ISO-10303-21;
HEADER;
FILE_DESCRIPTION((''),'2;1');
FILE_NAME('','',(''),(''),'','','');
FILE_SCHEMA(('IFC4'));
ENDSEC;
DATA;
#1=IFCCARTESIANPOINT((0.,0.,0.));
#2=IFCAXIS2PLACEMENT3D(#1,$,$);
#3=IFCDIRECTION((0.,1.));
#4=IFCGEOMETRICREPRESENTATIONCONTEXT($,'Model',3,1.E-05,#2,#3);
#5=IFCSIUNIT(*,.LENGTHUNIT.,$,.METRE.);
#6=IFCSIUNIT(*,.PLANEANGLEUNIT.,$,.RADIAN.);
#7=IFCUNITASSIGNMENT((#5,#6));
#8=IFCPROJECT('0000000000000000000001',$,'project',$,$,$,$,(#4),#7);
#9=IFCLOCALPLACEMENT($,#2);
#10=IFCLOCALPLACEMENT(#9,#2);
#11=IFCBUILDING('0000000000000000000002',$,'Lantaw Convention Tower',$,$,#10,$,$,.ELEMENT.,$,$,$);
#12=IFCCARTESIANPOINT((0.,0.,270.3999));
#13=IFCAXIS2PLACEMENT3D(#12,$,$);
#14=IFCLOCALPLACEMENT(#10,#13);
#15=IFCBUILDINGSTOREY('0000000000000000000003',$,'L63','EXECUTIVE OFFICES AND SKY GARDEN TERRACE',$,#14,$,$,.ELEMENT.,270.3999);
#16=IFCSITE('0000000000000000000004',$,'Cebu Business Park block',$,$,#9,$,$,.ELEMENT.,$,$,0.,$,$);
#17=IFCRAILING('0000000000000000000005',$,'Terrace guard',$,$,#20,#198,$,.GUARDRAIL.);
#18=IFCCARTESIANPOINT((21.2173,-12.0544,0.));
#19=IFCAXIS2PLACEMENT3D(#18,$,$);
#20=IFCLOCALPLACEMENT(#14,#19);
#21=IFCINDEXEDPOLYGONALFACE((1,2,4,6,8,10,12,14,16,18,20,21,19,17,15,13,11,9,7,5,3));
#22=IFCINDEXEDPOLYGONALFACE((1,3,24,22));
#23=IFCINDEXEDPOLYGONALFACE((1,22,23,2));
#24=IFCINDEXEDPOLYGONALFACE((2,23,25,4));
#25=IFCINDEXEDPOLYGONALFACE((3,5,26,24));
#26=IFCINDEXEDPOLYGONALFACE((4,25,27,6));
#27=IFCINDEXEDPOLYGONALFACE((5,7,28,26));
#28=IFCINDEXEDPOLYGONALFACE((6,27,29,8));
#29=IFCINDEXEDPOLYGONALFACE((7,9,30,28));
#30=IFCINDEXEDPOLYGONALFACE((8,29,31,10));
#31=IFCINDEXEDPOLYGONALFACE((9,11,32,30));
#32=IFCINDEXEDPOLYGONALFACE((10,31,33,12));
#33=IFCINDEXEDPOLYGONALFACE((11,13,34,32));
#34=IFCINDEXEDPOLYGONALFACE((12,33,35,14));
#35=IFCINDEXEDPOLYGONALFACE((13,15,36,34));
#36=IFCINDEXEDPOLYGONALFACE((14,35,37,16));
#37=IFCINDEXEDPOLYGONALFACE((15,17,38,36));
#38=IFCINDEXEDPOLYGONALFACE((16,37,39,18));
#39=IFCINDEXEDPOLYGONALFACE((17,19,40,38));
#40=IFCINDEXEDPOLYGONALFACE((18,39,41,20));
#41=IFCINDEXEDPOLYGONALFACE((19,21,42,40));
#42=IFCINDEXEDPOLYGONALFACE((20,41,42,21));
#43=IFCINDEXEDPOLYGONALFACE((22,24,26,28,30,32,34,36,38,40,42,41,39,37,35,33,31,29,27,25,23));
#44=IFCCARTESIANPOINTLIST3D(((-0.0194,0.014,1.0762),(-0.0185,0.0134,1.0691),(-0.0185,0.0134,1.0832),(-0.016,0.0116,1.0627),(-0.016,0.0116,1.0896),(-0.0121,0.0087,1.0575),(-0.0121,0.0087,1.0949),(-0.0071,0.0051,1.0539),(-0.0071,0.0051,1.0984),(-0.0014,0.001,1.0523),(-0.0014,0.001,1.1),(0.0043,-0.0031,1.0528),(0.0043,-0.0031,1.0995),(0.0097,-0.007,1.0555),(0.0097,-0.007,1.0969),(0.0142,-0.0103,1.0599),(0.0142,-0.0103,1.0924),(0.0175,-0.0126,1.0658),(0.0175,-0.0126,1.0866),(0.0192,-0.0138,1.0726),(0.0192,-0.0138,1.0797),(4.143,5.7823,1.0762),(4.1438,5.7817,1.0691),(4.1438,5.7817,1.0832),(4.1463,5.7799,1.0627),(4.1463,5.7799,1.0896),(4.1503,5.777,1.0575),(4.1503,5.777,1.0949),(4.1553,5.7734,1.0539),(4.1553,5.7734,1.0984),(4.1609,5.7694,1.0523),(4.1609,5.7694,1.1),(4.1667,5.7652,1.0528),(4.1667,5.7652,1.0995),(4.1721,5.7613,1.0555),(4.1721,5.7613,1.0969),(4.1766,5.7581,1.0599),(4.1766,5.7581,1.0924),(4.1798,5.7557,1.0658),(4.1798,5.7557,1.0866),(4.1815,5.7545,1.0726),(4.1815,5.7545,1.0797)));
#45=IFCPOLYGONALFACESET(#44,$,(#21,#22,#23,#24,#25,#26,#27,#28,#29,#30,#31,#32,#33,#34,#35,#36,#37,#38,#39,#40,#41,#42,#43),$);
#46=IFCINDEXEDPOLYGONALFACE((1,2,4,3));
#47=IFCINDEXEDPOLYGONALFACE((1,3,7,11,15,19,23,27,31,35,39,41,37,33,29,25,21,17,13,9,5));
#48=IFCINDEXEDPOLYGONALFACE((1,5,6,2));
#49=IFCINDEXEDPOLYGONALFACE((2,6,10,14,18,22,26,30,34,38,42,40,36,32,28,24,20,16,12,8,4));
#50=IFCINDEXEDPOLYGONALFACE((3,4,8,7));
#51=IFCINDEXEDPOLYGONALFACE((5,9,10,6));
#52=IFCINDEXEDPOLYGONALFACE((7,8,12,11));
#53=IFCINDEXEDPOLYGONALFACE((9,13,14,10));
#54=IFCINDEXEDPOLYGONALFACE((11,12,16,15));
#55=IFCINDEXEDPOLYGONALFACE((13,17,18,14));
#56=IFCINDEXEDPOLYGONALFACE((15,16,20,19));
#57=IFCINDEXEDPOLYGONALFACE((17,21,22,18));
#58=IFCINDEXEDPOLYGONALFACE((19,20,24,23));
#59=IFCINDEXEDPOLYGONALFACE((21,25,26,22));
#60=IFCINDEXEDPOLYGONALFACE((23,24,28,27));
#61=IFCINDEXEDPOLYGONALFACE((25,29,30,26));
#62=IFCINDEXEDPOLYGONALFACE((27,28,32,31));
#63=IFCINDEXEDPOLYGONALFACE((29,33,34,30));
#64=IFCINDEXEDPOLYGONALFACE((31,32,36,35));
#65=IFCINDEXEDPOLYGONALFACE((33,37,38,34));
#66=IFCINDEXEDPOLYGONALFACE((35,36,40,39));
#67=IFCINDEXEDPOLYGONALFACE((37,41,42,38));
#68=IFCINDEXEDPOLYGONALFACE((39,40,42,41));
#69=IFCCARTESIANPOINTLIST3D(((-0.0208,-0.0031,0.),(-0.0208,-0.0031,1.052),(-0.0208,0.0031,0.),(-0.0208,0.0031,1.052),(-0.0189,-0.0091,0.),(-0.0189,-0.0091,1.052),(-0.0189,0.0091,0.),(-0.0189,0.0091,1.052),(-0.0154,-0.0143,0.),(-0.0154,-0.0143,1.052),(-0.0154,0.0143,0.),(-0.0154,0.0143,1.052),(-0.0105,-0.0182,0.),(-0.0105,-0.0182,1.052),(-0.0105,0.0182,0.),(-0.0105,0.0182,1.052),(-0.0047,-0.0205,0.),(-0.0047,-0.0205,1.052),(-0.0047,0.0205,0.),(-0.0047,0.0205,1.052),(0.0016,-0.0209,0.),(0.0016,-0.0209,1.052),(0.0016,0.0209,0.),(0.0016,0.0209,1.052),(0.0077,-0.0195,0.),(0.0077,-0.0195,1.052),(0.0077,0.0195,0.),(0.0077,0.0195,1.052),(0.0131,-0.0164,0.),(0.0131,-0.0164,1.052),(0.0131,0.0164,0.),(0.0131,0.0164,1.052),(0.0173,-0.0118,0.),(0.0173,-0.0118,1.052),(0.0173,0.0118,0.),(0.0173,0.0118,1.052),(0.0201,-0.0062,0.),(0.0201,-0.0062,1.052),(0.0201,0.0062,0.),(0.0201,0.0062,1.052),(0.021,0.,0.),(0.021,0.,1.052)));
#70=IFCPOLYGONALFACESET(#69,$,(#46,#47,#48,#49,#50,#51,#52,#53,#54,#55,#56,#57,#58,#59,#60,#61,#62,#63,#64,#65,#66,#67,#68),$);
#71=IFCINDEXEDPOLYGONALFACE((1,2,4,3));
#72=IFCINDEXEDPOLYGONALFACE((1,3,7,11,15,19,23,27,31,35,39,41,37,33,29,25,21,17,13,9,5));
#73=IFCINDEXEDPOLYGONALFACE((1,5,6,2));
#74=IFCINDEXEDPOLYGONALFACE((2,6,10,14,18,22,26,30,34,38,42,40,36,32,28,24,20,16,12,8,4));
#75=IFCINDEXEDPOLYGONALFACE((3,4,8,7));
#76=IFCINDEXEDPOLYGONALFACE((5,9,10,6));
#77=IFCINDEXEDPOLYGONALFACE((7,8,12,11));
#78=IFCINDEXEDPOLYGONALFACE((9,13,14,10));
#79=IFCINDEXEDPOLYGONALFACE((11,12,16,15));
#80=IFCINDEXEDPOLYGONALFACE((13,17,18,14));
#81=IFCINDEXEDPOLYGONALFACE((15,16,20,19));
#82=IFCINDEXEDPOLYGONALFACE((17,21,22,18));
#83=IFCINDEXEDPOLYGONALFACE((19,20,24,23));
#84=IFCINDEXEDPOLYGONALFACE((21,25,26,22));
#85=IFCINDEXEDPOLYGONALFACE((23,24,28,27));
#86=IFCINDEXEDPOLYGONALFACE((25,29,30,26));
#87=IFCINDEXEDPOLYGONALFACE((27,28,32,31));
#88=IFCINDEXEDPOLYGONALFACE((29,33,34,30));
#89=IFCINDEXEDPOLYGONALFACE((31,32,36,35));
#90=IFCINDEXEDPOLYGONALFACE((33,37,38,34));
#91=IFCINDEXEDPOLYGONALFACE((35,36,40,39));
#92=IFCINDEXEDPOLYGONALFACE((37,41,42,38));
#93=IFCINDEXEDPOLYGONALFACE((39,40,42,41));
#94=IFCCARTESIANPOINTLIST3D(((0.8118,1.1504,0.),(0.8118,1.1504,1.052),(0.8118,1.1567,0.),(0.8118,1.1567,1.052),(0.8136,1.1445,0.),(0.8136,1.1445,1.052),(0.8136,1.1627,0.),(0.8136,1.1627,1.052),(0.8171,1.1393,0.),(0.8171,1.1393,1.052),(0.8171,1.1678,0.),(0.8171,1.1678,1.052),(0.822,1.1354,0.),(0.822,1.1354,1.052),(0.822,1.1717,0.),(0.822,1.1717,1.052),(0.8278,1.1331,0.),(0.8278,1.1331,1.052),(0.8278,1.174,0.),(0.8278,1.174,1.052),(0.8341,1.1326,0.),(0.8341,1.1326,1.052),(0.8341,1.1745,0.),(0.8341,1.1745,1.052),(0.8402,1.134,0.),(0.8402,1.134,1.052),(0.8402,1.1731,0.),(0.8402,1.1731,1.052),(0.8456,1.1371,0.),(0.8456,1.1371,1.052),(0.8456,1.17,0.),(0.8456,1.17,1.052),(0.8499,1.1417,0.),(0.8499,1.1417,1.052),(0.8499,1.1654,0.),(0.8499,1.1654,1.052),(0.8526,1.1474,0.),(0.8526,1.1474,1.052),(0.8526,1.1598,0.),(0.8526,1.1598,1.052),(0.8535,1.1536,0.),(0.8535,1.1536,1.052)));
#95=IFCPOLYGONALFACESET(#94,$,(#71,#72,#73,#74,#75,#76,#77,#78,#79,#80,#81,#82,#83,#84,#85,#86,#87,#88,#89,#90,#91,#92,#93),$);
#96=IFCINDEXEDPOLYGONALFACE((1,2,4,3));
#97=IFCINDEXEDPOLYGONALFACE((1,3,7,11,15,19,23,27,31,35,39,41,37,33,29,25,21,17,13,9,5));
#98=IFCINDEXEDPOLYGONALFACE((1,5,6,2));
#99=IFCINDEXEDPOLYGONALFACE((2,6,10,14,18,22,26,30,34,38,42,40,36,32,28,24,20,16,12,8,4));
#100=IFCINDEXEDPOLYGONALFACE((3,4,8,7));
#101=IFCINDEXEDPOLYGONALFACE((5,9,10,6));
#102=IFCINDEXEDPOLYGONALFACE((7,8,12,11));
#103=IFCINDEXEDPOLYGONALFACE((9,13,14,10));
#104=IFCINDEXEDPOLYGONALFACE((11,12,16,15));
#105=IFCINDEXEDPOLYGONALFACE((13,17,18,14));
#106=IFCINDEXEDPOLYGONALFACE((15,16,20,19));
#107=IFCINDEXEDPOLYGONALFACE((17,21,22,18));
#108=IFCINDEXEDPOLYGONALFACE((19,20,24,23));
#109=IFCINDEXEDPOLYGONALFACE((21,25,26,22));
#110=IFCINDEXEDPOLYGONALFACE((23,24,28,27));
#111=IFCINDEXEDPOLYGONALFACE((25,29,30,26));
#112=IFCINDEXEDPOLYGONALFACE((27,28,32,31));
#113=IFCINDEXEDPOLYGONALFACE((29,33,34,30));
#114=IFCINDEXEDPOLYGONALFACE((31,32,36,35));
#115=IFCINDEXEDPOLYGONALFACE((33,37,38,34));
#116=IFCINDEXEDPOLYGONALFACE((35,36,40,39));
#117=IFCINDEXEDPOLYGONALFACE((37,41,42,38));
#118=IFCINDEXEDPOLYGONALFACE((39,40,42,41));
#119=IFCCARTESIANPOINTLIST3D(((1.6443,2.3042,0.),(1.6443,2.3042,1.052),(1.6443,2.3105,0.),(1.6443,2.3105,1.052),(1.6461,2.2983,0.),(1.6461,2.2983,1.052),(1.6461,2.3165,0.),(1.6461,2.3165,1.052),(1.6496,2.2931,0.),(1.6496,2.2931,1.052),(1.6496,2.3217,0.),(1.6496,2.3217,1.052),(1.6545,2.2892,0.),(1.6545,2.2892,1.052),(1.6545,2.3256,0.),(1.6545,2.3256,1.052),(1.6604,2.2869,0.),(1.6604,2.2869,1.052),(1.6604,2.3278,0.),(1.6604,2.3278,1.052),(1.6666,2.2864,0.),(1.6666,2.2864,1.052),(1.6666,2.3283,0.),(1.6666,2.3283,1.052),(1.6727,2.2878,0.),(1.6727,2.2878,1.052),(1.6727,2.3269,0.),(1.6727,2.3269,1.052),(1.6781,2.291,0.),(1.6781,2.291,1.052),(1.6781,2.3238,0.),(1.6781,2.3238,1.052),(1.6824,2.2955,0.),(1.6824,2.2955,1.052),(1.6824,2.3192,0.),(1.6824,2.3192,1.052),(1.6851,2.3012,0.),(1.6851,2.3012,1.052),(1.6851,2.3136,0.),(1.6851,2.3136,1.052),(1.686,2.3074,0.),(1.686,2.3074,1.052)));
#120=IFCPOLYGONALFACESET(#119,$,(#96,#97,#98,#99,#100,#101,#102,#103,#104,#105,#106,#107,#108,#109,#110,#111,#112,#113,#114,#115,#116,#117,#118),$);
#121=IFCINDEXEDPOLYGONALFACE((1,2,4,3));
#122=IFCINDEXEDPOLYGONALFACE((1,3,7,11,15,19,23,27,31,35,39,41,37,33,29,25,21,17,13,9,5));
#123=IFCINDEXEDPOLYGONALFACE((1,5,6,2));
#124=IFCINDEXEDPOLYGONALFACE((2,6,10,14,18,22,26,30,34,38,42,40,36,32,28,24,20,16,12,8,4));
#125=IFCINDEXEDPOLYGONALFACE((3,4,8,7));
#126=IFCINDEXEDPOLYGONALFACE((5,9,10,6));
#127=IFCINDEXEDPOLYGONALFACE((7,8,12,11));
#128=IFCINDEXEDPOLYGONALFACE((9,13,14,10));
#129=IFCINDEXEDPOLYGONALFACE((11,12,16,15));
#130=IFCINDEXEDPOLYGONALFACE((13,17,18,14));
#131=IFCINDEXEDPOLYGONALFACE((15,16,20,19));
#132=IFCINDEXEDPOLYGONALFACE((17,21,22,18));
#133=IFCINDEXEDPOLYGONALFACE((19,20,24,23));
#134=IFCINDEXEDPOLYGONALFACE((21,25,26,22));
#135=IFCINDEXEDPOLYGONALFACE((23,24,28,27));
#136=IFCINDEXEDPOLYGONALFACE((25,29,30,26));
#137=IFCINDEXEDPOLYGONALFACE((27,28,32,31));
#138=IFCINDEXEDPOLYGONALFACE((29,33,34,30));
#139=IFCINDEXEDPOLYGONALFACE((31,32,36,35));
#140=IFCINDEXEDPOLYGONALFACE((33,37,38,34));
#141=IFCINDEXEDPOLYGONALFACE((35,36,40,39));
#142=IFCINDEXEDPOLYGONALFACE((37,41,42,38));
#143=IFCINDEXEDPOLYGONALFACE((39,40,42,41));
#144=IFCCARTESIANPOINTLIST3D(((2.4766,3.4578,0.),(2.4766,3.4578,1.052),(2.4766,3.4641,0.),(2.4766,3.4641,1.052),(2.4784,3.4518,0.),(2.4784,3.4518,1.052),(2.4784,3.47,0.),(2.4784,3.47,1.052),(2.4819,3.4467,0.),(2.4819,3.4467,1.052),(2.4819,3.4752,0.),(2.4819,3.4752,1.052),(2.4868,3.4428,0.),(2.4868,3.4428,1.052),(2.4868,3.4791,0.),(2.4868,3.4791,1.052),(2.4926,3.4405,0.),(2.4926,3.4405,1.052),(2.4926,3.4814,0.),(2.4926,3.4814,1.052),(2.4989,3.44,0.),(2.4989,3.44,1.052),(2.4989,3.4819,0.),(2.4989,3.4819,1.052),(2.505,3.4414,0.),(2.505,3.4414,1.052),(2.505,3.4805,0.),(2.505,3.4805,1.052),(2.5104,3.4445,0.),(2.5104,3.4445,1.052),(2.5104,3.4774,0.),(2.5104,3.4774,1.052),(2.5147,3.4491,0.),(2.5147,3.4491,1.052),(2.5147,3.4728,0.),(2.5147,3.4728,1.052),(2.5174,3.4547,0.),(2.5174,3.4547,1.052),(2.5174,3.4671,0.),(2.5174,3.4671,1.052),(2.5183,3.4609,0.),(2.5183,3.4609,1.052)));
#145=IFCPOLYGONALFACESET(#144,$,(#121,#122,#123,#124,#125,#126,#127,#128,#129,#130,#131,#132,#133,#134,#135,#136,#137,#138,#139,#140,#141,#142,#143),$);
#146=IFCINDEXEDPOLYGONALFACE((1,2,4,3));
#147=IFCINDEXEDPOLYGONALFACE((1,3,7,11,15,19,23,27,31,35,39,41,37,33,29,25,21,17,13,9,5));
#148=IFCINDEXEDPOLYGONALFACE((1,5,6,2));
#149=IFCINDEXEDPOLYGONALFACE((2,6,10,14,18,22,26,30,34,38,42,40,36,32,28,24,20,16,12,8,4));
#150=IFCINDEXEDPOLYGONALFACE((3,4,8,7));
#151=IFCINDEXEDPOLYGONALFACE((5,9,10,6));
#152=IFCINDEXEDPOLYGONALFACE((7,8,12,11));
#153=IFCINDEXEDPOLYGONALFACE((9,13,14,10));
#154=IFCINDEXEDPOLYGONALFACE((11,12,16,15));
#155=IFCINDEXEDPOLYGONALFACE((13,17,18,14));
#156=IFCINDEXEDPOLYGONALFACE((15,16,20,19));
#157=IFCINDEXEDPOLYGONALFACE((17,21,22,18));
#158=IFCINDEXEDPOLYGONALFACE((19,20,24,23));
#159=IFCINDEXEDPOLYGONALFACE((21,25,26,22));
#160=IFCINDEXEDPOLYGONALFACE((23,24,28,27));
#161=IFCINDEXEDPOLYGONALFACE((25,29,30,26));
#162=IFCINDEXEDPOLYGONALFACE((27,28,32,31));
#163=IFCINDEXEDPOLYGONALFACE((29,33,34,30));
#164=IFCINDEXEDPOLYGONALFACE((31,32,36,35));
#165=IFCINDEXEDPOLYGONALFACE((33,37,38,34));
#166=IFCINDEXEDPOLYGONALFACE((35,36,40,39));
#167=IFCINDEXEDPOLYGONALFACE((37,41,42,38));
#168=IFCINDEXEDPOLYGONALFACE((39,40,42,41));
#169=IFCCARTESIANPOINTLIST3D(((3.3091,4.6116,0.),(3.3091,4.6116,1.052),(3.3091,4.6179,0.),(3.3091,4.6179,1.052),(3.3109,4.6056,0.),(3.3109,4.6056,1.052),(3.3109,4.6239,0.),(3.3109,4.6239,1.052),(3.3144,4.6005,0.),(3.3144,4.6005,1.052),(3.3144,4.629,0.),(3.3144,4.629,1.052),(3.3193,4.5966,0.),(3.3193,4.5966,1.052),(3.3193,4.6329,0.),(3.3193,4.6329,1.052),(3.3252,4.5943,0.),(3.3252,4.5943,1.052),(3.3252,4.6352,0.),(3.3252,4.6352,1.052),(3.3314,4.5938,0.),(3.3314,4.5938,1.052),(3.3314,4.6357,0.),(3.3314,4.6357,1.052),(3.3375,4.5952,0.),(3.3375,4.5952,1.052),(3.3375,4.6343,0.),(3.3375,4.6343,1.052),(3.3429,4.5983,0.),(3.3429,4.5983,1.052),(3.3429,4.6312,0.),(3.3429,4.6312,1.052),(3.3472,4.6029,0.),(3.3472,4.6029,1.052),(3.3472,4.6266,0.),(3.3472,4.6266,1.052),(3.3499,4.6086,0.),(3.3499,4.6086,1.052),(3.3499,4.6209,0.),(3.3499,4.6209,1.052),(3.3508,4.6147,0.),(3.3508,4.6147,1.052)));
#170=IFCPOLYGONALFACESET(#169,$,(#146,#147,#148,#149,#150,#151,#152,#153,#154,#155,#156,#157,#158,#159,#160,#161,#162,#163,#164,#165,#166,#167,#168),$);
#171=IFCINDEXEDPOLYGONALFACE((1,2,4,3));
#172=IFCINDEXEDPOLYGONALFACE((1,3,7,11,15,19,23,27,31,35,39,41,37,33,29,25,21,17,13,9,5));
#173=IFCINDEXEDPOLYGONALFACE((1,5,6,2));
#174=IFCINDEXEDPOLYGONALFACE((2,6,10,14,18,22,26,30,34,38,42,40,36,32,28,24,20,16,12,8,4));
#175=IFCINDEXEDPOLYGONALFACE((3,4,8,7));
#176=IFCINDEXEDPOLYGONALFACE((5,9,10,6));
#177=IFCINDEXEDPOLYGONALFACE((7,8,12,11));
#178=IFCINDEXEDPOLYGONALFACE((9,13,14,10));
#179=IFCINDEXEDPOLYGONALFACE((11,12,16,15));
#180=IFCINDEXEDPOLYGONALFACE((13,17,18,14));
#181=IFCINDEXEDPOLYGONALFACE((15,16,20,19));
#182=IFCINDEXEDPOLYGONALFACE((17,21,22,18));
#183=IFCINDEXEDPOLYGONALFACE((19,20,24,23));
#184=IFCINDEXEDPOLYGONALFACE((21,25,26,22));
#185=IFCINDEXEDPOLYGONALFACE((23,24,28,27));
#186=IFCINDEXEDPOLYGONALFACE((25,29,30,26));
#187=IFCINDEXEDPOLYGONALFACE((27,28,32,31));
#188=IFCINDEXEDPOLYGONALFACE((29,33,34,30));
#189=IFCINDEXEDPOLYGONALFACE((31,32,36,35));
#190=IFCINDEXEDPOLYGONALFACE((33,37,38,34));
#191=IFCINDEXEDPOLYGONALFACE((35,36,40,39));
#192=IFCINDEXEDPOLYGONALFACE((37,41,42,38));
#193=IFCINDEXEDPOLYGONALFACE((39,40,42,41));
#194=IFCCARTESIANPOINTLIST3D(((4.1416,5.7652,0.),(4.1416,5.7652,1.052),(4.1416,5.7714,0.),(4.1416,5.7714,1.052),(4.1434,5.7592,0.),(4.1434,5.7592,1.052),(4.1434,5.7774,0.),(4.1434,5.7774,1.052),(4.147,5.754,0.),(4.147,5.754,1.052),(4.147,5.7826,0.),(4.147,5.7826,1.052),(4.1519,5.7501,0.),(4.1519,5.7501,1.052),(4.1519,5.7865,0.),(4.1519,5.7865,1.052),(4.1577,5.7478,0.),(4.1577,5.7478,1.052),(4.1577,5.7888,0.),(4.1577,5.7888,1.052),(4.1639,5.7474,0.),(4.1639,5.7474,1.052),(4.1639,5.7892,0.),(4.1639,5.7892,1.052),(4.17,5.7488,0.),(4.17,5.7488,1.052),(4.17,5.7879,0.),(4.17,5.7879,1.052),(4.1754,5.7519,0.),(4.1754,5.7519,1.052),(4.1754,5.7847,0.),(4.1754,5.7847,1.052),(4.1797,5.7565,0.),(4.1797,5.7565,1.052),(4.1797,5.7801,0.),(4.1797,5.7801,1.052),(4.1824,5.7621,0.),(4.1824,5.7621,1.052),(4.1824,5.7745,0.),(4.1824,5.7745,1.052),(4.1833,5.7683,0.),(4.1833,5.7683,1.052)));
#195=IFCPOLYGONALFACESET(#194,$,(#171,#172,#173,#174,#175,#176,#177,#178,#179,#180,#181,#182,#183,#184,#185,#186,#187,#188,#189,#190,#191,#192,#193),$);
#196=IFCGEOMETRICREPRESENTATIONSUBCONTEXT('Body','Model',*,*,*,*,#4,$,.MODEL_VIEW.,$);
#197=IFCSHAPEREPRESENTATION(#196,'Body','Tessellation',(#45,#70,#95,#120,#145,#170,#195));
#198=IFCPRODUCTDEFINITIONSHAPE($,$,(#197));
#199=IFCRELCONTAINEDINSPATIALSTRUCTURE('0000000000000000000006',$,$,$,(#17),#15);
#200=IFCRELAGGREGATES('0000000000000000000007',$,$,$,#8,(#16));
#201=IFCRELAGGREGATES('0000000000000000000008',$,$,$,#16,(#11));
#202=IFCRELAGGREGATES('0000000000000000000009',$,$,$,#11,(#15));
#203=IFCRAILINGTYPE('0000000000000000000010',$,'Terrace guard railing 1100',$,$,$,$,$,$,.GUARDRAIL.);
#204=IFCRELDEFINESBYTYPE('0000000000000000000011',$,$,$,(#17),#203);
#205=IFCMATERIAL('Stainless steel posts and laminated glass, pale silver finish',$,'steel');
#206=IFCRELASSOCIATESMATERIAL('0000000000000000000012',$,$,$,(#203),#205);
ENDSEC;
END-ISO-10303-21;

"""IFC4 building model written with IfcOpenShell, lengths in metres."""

from ifc_helpers import new_model, si_unit, direction, frame, origin, origin_2d, place, context, subcontext, project, spatial, circle, extrude, material, type_object, element, save


model = new_model("IFC4")

# Units and contexts
model_context = context("Model", 3, precision=1e-05, world=origin(), true_north=direction((0.0, 1.0)))
body_context = subcontext(model_context, "Body", "Model", "MODEL_VIEW")
ifc_project = project(units=[si_unit("LENGTHUNIT", "METRE"), si_unit("PLANEANGLEUNIT", "RADIAN")], contexts=[model_context])

# Site, building, storey
site_placement = place(None, origin())
site = spatial("IfcSite", under=ifc_project, at=site_placement, Name="Cebu Business Park block", CompositionType="ELEMENT", RefElevation=0.0)
building_placement = place(site_placement, origin())
building = spatial("IfcBuilding", under=site, at=building_placement, Name="Lantaw Convention Tower", CompositionType="ELEMENT")
storey_placement = place(building_placement, frame((0.0, 0.0, 270.3999)))
storey = spatial("IfcBuildingStorey", under=building, at=storey_placement, Name="L63", Description="EXECUTIVE OFFICES AND SKY GARDEN TERRACE", CompositionType="ELEMENT", Elevation=270.3999)

# Railing
ifc_material_1 = material(Name="Stainless steel posts and laminated glass, pale silver finish", Category="steel")
railing_type = type_object("IfcRailingType", Name="Terrace guard railing 1100", PredefinedType="GUARDRAIL", material=ifc_material_1)
railing_1_placement = place(storey_placement, frame((21.2173, -12.0544, 0.0)))
element("IfcRailing", 1, at=railing_1_placement, inside=storey, type_object=railing_type, Name="Terrace guard", PredefinedType="GUARDRAIL", context=body_context, shape_type="SweptSolid", body=[
    extrude(circle(Radius=0.0239, at=origin_2d()), frame((0.0, 0.0, 1.0762), z_axis=(0.585153, 0.810923, 0.0), x_axis=(-0.810923, 0.585153, 0.0)), (0.0, 0.0, 1.0), 7.1133),
    extrude(circle(Radius=0.021, at=origin_2d()), origin(), (0.0, 0.0, 1.0), 1.052),
    extrude(circle(Radius=0.021, at=origin_2d()), frame((0.8325, 1.1536, 0.0)), (0.0, 0.0, 1.0), 1.052),
    extrude(circle(Radius=0.021, at=origin_2d()), frame((1.665, 2.3074, 0.0)), (0.0, 0.0, 1.0), 1.052),
    extrude(circle(Radius=0.021, at=origin_2d()), frame((2.4973, 3.4609, 0.0)), (0.0, 0.0, 1.0), 1.052),
    extrude(circle(Radius=0.021, at=origin_2d()), frame((3.3298, 4.6147, 0.0)), (0.0, 0.0, 1.0), 1.052),
    extrude(circle(Radius=0.021, at=origin_2d()), frame((4.1624, 5.7683, 0.0)), (0.0, 0.0, 1.0), 1.052),
])

save(model, "model.ifc")
